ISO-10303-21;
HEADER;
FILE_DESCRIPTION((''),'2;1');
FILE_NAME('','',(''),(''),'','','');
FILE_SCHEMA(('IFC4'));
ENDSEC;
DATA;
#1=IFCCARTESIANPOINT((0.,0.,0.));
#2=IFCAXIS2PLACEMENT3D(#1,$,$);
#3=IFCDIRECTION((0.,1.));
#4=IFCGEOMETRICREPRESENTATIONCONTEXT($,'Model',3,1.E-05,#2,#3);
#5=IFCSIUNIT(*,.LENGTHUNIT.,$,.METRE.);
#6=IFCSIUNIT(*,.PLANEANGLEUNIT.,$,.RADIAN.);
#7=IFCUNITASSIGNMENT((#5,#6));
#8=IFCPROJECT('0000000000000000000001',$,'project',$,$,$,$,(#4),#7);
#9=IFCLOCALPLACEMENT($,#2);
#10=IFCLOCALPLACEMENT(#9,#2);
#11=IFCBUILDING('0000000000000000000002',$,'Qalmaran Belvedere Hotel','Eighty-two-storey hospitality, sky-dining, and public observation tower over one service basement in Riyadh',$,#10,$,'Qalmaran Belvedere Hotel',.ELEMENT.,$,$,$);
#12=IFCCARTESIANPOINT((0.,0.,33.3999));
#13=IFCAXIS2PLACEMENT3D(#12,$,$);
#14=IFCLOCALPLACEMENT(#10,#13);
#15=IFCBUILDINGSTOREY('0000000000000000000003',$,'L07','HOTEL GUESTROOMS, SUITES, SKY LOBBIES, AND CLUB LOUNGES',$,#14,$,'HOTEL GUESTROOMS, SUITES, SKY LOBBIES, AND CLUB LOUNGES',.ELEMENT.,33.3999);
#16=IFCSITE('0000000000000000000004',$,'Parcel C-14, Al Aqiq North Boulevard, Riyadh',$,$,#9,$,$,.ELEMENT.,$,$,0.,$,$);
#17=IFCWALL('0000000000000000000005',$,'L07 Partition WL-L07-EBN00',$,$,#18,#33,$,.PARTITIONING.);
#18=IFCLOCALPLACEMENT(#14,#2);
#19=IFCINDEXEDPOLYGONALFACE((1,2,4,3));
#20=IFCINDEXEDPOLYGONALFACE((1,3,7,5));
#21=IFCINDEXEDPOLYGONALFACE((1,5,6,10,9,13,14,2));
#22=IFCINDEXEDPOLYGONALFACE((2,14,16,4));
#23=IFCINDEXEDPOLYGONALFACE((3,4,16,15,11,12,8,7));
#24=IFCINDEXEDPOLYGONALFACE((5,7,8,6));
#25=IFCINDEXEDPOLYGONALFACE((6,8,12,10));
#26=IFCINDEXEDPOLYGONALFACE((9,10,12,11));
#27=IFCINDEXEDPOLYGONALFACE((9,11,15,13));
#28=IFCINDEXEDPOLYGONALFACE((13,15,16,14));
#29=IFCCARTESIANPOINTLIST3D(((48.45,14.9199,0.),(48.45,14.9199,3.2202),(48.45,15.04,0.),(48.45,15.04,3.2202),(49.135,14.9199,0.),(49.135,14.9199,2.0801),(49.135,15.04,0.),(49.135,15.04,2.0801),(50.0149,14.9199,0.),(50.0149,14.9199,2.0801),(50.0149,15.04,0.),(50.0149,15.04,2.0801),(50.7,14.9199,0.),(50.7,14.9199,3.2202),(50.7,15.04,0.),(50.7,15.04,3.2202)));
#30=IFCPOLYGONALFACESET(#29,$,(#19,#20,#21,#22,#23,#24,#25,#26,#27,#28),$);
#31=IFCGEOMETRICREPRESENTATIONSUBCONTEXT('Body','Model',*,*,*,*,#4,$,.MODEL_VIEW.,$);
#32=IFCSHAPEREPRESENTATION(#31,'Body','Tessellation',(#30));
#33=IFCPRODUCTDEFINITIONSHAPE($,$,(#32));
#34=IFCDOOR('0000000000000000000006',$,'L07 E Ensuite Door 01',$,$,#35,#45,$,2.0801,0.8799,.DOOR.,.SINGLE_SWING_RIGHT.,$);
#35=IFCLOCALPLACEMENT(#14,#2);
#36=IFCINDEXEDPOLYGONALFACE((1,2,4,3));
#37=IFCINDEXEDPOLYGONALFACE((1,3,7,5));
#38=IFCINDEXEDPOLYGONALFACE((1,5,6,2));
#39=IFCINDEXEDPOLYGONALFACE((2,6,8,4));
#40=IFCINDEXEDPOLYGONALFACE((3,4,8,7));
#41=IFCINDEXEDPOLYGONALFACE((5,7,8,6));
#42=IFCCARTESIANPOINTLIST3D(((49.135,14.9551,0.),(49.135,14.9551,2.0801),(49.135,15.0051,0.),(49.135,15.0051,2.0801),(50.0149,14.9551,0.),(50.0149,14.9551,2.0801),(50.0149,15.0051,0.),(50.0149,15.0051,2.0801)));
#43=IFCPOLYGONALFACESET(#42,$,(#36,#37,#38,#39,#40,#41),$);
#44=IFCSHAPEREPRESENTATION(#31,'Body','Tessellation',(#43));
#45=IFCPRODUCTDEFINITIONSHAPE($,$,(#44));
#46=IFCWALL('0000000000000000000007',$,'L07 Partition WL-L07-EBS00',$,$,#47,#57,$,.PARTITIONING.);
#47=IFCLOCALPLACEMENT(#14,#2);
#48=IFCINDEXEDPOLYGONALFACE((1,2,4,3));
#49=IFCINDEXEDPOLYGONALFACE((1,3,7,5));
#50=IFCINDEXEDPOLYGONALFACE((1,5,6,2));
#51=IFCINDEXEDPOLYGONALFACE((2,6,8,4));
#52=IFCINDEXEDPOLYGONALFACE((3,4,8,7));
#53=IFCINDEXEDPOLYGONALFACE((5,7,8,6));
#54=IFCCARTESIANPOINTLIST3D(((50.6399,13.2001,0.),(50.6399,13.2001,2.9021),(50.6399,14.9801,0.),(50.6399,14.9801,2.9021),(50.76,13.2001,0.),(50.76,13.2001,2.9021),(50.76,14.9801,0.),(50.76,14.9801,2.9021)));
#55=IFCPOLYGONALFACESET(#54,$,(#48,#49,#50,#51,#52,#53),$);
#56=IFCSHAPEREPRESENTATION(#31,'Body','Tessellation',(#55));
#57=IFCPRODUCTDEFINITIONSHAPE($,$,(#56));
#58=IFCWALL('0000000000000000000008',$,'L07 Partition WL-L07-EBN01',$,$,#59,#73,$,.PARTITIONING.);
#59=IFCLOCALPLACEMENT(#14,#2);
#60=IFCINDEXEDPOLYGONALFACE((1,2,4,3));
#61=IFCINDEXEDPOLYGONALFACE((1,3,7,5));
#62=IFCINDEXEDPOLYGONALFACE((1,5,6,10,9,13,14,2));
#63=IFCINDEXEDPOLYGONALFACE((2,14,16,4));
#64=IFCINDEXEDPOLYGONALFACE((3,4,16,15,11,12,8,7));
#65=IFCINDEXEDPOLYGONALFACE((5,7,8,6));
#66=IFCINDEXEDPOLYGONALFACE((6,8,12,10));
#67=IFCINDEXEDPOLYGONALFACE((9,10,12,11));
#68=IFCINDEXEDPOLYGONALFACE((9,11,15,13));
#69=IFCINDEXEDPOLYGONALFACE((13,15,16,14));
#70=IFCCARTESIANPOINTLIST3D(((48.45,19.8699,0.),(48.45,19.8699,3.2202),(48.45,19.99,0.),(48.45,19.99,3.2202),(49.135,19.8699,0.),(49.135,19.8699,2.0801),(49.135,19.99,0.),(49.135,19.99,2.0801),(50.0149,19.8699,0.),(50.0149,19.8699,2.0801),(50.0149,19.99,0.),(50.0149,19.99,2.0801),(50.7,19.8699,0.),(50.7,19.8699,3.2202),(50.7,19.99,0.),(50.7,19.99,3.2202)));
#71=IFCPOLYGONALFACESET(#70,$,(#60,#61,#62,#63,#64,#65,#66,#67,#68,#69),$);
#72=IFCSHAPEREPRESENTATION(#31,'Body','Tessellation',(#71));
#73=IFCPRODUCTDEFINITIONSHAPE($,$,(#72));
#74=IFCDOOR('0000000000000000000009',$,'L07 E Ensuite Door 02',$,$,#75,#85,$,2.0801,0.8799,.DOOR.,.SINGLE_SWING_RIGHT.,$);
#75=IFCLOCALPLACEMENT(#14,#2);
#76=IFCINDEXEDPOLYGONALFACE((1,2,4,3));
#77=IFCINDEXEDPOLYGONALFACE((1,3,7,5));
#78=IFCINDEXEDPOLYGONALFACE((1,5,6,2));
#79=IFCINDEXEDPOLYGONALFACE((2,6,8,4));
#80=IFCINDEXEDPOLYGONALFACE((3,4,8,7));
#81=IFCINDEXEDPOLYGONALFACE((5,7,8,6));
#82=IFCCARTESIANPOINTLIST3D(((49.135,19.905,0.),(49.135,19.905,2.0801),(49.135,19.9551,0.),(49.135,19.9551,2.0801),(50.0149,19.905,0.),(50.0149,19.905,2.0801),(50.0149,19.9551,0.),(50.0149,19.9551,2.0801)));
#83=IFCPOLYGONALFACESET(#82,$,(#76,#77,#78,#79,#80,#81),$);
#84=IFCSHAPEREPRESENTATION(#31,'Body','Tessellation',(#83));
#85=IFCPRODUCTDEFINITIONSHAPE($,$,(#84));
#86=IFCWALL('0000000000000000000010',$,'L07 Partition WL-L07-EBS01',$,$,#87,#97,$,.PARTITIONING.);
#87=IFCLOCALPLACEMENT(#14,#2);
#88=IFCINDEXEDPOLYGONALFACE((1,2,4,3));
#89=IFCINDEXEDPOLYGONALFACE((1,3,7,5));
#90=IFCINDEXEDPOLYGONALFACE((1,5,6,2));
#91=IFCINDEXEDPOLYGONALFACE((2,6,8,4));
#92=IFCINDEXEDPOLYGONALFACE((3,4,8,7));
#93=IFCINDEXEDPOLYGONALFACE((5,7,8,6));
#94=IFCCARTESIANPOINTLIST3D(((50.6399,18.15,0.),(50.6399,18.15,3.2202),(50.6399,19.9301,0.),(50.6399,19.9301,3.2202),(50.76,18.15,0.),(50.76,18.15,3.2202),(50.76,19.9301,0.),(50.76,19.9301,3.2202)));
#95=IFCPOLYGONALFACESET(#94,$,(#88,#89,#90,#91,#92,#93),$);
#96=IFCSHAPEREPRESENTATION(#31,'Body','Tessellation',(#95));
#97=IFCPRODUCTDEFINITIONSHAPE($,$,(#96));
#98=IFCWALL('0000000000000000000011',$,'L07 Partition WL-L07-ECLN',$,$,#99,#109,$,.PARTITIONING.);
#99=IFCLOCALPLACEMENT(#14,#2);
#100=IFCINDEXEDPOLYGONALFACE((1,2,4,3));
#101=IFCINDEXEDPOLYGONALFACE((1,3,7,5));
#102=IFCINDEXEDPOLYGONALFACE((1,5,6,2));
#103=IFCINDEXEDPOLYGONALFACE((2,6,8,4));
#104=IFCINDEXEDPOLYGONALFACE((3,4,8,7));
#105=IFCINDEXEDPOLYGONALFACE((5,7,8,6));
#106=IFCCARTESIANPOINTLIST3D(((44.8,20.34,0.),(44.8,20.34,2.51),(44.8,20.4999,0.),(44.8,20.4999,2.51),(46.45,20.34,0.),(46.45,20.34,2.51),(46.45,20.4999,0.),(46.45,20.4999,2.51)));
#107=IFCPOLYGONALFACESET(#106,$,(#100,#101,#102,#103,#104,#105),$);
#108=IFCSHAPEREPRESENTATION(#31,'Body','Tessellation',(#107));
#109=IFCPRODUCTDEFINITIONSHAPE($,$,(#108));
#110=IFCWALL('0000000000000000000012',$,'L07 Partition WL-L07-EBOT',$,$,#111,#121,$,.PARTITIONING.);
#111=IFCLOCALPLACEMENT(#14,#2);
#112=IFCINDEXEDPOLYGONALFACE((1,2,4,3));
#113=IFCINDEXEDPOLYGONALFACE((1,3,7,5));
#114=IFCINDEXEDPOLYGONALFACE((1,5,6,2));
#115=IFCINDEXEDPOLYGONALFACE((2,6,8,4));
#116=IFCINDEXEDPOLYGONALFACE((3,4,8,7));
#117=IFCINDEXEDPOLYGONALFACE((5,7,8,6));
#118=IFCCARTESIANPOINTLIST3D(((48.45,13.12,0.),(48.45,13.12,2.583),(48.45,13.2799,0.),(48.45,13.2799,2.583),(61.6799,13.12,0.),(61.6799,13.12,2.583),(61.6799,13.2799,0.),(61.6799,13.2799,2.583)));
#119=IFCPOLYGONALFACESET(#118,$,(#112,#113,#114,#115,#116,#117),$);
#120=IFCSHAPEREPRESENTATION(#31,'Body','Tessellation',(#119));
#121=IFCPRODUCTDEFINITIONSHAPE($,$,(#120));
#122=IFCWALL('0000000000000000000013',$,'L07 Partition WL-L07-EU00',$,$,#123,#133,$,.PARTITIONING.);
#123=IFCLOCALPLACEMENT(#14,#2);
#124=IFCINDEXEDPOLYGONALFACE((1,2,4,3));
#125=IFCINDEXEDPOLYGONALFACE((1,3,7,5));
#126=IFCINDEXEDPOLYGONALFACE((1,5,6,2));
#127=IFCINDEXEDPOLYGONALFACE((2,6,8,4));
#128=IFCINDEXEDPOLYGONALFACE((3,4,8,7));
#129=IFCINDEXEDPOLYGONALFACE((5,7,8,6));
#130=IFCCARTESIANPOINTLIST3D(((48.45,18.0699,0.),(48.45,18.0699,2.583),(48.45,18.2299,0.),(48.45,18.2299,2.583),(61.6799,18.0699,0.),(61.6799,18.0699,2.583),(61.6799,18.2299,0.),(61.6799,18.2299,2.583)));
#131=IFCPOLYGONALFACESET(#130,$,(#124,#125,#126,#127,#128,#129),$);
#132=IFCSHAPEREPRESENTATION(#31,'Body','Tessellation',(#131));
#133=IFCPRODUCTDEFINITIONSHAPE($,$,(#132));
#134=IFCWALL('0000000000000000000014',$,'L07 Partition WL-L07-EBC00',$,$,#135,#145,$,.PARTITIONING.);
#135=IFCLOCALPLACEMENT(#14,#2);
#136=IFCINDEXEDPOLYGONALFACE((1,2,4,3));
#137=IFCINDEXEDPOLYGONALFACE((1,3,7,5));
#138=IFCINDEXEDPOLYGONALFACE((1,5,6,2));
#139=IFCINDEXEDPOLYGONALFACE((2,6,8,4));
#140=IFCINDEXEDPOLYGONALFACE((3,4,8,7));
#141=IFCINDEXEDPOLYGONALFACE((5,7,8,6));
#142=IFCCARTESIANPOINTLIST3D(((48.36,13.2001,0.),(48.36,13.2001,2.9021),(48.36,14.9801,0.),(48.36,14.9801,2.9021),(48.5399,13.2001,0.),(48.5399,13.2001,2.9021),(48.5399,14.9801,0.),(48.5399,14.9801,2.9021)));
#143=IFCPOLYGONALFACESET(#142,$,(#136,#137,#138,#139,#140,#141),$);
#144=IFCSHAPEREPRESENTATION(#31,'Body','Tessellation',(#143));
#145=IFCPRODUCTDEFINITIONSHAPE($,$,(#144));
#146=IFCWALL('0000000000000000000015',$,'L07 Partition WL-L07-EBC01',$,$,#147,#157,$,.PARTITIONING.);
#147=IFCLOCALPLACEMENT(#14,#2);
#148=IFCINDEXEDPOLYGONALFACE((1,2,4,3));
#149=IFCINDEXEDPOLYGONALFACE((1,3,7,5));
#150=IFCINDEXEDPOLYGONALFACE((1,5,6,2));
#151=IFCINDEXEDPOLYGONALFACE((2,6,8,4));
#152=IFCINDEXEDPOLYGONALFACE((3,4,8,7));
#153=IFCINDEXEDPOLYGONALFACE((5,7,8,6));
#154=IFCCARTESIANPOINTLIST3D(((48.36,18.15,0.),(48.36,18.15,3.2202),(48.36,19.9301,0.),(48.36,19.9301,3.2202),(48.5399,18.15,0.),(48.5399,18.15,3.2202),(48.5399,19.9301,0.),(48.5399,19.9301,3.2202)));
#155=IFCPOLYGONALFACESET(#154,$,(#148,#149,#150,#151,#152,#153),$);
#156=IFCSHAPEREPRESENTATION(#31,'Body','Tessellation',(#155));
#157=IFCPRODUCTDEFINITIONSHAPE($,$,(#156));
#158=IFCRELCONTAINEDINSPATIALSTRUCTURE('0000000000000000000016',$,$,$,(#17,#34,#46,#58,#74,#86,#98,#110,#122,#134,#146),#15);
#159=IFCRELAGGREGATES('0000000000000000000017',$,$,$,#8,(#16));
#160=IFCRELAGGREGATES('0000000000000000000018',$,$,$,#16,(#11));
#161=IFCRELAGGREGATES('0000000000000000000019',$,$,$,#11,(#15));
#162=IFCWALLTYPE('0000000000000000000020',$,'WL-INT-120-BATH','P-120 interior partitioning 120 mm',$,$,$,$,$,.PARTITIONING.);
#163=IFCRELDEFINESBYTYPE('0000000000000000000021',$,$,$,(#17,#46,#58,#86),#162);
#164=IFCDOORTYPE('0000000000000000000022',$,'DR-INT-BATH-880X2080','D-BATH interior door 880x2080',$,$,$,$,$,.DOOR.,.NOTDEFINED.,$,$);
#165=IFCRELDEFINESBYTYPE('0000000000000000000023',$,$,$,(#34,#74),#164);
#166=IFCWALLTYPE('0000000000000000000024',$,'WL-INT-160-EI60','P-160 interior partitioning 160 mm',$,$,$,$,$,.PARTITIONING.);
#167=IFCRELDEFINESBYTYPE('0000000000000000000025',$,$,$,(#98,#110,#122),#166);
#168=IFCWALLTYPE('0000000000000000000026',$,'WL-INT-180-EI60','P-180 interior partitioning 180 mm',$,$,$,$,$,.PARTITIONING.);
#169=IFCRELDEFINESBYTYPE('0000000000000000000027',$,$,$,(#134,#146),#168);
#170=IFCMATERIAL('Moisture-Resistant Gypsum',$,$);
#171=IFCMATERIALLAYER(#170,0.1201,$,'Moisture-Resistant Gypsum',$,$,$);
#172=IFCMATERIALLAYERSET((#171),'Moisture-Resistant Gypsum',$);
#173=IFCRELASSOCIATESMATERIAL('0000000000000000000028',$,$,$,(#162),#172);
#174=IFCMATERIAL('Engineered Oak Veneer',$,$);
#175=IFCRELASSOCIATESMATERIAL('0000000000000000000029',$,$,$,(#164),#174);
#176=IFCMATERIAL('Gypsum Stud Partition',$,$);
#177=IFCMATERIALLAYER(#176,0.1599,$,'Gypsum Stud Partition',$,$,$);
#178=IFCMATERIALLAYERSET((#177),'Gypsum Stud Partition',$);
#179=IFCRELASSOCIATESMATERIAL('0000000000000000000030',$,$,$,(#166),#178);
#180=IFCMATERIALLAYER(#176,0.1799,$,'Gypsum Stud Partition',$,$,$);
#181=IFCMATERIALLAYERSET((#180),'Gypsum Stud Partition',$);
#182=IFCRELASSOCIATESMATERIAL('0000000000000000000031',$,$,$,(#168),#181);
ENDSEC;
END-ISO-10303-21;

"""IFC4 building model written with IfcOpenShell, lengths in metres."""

from ifc_helpers import new_model, si_unit, direction, frame, frame_2d, origin, place, context, subcontext, project, spatial, rectangle, extrude, material, layer, layer_set, type_object, element, fill, save


model = new_model("IFC4")

# Units and contexts
model_context = context("Model", 3, precision=1e-05, world=origin(), true_north=direction((0.0, 1.0)))
body_context = subcontext(model_context, "Body", "Model", "MODEL_VIEW")
ifc_project = project(units=[si_unit("LENGTHUNIT", "METRE"), si_unit("PLANEANGLEUNIT", "RADIAN")], contexts=[model_context])

# Site, building, storey
site_placement = place(None, origin())
site = spatial("IfcSite", under=ifc_project, at=site_placement, Name="Parcel C-14, Al Aqiq North Boulevard, Riyadh", CompositionType="ELEMENT", RefElevation=0.0)
building_placement = place(site_placement, origin())
building = spatial("IfcBuilding", under=site, at=building_placement, Name="Qalmaran Belvedere Hotel", Description="Eighty-two-storey hospitality, sky-dining, and public observation tower over one service basement in Riyadh", LongName="Qalmaran Belvedere Hotel", CompositionType="ELEMENT")
storey_placement = place(building_placement, frame((0.0, 0.0, 33.3999)))
storey = spatial("IfcBuildingStorey", under=building, at=storey_placement, Name="L07", Description="HOTEL GUESTROOMS, SUITES, SKY LOBBIES, AND CLUB LOUNGES", LongName="HOTEL GUESTROOMS, SUITES, SKY LOBBIES, AND CLUB LOUNGES", CompositionType="ELEMENT", Elevation=33.3999)

# Wall, opening, door
ifc_material_1 = material(Name="Moisture-Resistant Gypsum")
ifc_layer_1 = layer(ifc_material_1, 0.1201, Name="Moisture-Resistant Gypsum")
ifc_layer_set_1 = layer_set([ifc_layer_1], Name="Moisture-Resistant Gypsum")
wall_type_1 = type_object("IfcWallType", Name="WL-INT-120-BATH", Description="P-120 interior partitioning 120 mm", PredefinedType="PARTITIONING", material=ifc_layer_set_1)
wall_1_placement = place(storey_placement, frame((48.45, 14.98, 0.0), z_axis=(0.0, 0.0, 1.0), x_axis=(1.0, 0.0, 0.0)))
wall_1 = element("IfcWall", 1, at=wall_1_placement, inside=storey, type_object=wall_type_1, Name="L07 Partition WL-L07-EBN00", PredefinedType="PARTITIONING", context=body_context, shape_type="SweptSolid", body=[
    extrude(rectangle(XDim=2.25, YDim=0.1201, at=frame_2d((1.125, 0.0))), origin(), (0.0, 0.0, 1.0), 3.2202),
])
opening_1_placement = place(wall_1_placement, frame((1.5649, 0.0, 0.0), z_axis=(0.0, 0.0, 1.0), x_axis=(-1.0, 0.0, 0.0)))
opening_1 = element("IfcOpeningElement", 2, at=opening_1_placement, cuts=wall_1, PredefinedType="OPENING", context=body_context, shape_type="SweptSolid", body=[
    extrude(rectangle(XDim=0.8799, YDim=2.0801, at=frame_2d((0.4399, 1.04))), frame((0.0, 0.0701, 0.0), z_axis=(0.0, -1.0, 0.0), x_axis=(1.0, 0.0, 0.0)), (0.0, 0.0, 1.0), 0.1401),
])
ifc_material_2 = material(Name="Engineered Oak Veneer")
door_type_1 = type_object("IfcDoorType", Name="DR-INT-BATH-880X2080", Description="D-BATH interior door 880x2080", OperationType="NOTDEFINED", PredefinedType="DOOR", material=ifc_material_2)
door_1_placement = place(opening_1_placement, origin())
door_1 = element("IfcDoor", 3, at=door_1_placement, inside=storey, type_object=door_type_1, Name="L07 E Ensuite Door 01", OperationType="SINGLE_SWING_RIGHT", OverallHeight=2.0801, OverallWidth=0.8799, PredefinedType="DOOR", context=body_context, shape_type="SweptSolid", body=[
    extrude(rectangle(XDim=0.8799, YDim=2.0801, at=frame_2d((0.4399, 1.04))), frame((0.0, 0.0249, 0.0), z_axis=(0.0, -1.0, 0.0), x_axis=(1.0, 0.0, 0.0)), (0.0, 0.0, 1.0), 0.05),
])
fill(opening_1, door_1)

# Wall
wall_2_placement = place(storey_placement, frame((50.7, 13.2, 0.0), z_axis=(0.0, 0.0, 1.0), x_axis=(0.0, 1.0, 0.0)))
element("IfcWall", 4, at=wall_2_placement, inside=storey, type_object=wall_type_1, Name="L07 Partition WL-L07-EBS00", PredefinedType="PARTITIONING", context=body_context, shape_type="SweptSolid", body=[
    extrude(rectangle(XDim=1.78, YDim=0.1201, at=frame_2d((0.8901, 0.0))), origin(), (0.0, 0.0, 1.0), 2.9021),
])

# Wall, opening, door
wall_3_placement = place(storey_placement, frame((48.45, 19.9299, 0.0), z_axis=(0.0, 0.0, 1.0), x_axis=(1.0, 0.0, 0.0)))
wall_3 = element("IfcWall", 5, at=wall_3_placement, inside=storey, type_object=wall_type_1, Name="L07 Partition WL-L07-EBN01", PredefinedType="PARTITIONING", context=body_context, shape_type="SweptSolid", body=[
    extrude(rectangle(XDim=2.25, YDim=0.1201, at=frame_2d((1.125, 0.0))), origin(), (0.0, 0.0, 1.0), 3.2202),
])
opening_2_placement = place(wall_3_placement, frame((1.5649, 0.0, 0.0), z_axis=(0.0, 0.0, 1.0), x_axis=(-1.0, 0.0, 0.0)))
opening_2 = element("IfcOpeningElement", 6, at=opening_2_placement, cuts=wall_3, PredefinedType="OPENING", context=body_context, shape_type="SweptSolid", body=[
    extrude(rectangle(XDim=0.8799, YDim=2.0801, at=frame_2d((0.4399, 1.04))), frame((0.0, 0.0701, 0.0), z_axis=(0.0, -1.0, 0.0), x_axis=(1.0, 0.0, 0.0)), (0.0, 0.0, 1.0), 0.1401),
])
door_2_placement = place(opening_2_placement, origin())
door_2 = element("IfcDoor", 7, at=door_2_placement, inside=storey, type_object=door_type_1, Name="L07 E Ensuite Door 02", OperationType="SINGLE_SWING_RIGHT", OverallHeight=2.0801, OverallWidth=0.8799, PredefinedType="DOOR", context=body_context, shape_type="SweptSolid", body=[
    extrude(rectangle(XDim=0.8799, YDim=2.0801, at=frame_2d((0.4399, 1.04))), frame((0.0, 0.0249, 0.0), z_axis=(0.0, -1.0, 0.0), x_axis=(1.0, 0.0, 0.0)), (0.0, 0.0, 1.0), 0.05),
])
fill(opening_2, door_2)

# Walls
wall_4_placement = place(storey_placement, frame((50.7, 18.1499, 0.0), z_axis=(0.0, 0.0, 1.0), x_axis=(0.0, 1.0, 0.0)))
element("IfcWall", 8, at=wall_4_placement, inside=storey, type_object=wall_type_1, Name="L07 Partition WL-L07-EBS01", PredefinedType="PARTITIONING", context=body_context, shape_type="SweptSolid", body=[
    extrude(rectangle(XDim=1.78, YDim=0.1201, at=frame_2d((0.8901, 0.0))), origin(), (0.0, 0.0, 1.0), 3.2202),
])
ifc_material_3 = material(Name="Gypsum Stud Partition")
ifc_layer_2 = layer(ifc_material_3, 0.1599, Name="Gypsum Stud Partition")
ifc_layer_set_2 = layer_set([ifc_layer_2], Name="Gypsum Stud Partition")
wall_type_2 = type_object("IfcWallType", Name="WL-INT-160-EI60", Description="P-160 interior partitioning 160 mm", PredefinedType="PARTITIONING", material=ifc_layer_set_2)
wall_5_placement = place(storey_placement, frame((44.8, 20.4199, 0.0), z_axis=(0.0, 0.0, 1.0), x_axis=(1.0, 0.0, 0.0)))
element("IfcWall", 9, at=wall_5_placement, inside=storey, type_object=wall_type_2, Name="L07 Partition WL-L07-ECLN", PredefinedType="PARTITIONING", context=body_context, shape_type="SweptSolid", body=[
    extrude(rectangle(XDim=1.6499, YDim=0.1599, at=frame_2d((0.825, 0.0))), origin(), (0.0, 0.0, 1.0), 2.51),
])
for number, where, z_axis, x_axis, name in (
    (10, (48.45, 13.2, 0.0), (0.0, 0.0, 1.0), (1.0, 0.0, 0.0), "L07 Partition WL-L07-EBOT"),
    (11, (48.45, 18.1499, 0.0), (0.0, 0.0, 1.0), (1.0, 0.0, 0.0), "L07 Partition WL-L07-EU00"),
):
    element("IfcWall", number, at=place(storey_placement, frame(where, z_axis=z_axis, x_axis=x_axis)), inside=storey, type_object=wall_type_2, Name=name, PredefinedType="PARTITIONING", context=body_context, shape_type="SweptSolid", body=[
        extrude(rectangle(XDim=13.23, YDim=0.1599, at=frame_2d((6.615, 0.0))), origin(), (0.0, 0.0, 1.0), 2.583),
    ])
ifc_layer_3 = layer(ifc_material_3, 0.1799, Name="Gypsum Stud Partition")
ifc_layer_set_3 = layer_set([ifc_layer_3], Name="Gypsum Stud Partition")
wall_type_3 = type_object("IfcWallType", Name="WL-INT-180-EI60", Description="P-180 interior partitioning 180 mm", PredefinedType="PARTITIONING", material=ifc_layer_set_3)
wall_6_placement = place(storey_placement, frame((48.45, 13.2, 0.0), z_axis=(0.0, 0.0, 1.0), x_axis=(0.0, 1.0, 0.0)))
element("IfcWall", 12, at=wall_6_placement, inside=storey, type_object=wall_type_3, Name="L07 Partition WL-L07-EBC00", PredefinedType="PARTITIONING", context=body_context, shape_type="SweptSolid", body=[
    extrude(rectangle(XDim=1.78, YDim=0.1799, at=frame_2d((0.8901, 0.0))), origin(), (0.0, 0.0, 1.0), 2.9021),
])

# Wall
wall_7_placement = place(storey_placement, frame((48.45, 18.1499, 0.0), z_axis=(0.0, 0.0, 1.0), x_axis=(0.0, 1.0, 0.0)))
element("IfcWall", 13, at=wall_7_placement, inside=storey, type_object=wall_type_3, Name="L07 Partition WL-L07-EBC01", PredefinedType="PARTITIONING", context=body_context, shape_type="SweptSolid", body=[
    extrude(rectangle(XDim=1.78, YDim=0.1799, at=frame_2d((0.8901, 0.0))), origin(), (0.0, 0.0, 1.0), 3.2202),
])

save(model, "model.ifc")
